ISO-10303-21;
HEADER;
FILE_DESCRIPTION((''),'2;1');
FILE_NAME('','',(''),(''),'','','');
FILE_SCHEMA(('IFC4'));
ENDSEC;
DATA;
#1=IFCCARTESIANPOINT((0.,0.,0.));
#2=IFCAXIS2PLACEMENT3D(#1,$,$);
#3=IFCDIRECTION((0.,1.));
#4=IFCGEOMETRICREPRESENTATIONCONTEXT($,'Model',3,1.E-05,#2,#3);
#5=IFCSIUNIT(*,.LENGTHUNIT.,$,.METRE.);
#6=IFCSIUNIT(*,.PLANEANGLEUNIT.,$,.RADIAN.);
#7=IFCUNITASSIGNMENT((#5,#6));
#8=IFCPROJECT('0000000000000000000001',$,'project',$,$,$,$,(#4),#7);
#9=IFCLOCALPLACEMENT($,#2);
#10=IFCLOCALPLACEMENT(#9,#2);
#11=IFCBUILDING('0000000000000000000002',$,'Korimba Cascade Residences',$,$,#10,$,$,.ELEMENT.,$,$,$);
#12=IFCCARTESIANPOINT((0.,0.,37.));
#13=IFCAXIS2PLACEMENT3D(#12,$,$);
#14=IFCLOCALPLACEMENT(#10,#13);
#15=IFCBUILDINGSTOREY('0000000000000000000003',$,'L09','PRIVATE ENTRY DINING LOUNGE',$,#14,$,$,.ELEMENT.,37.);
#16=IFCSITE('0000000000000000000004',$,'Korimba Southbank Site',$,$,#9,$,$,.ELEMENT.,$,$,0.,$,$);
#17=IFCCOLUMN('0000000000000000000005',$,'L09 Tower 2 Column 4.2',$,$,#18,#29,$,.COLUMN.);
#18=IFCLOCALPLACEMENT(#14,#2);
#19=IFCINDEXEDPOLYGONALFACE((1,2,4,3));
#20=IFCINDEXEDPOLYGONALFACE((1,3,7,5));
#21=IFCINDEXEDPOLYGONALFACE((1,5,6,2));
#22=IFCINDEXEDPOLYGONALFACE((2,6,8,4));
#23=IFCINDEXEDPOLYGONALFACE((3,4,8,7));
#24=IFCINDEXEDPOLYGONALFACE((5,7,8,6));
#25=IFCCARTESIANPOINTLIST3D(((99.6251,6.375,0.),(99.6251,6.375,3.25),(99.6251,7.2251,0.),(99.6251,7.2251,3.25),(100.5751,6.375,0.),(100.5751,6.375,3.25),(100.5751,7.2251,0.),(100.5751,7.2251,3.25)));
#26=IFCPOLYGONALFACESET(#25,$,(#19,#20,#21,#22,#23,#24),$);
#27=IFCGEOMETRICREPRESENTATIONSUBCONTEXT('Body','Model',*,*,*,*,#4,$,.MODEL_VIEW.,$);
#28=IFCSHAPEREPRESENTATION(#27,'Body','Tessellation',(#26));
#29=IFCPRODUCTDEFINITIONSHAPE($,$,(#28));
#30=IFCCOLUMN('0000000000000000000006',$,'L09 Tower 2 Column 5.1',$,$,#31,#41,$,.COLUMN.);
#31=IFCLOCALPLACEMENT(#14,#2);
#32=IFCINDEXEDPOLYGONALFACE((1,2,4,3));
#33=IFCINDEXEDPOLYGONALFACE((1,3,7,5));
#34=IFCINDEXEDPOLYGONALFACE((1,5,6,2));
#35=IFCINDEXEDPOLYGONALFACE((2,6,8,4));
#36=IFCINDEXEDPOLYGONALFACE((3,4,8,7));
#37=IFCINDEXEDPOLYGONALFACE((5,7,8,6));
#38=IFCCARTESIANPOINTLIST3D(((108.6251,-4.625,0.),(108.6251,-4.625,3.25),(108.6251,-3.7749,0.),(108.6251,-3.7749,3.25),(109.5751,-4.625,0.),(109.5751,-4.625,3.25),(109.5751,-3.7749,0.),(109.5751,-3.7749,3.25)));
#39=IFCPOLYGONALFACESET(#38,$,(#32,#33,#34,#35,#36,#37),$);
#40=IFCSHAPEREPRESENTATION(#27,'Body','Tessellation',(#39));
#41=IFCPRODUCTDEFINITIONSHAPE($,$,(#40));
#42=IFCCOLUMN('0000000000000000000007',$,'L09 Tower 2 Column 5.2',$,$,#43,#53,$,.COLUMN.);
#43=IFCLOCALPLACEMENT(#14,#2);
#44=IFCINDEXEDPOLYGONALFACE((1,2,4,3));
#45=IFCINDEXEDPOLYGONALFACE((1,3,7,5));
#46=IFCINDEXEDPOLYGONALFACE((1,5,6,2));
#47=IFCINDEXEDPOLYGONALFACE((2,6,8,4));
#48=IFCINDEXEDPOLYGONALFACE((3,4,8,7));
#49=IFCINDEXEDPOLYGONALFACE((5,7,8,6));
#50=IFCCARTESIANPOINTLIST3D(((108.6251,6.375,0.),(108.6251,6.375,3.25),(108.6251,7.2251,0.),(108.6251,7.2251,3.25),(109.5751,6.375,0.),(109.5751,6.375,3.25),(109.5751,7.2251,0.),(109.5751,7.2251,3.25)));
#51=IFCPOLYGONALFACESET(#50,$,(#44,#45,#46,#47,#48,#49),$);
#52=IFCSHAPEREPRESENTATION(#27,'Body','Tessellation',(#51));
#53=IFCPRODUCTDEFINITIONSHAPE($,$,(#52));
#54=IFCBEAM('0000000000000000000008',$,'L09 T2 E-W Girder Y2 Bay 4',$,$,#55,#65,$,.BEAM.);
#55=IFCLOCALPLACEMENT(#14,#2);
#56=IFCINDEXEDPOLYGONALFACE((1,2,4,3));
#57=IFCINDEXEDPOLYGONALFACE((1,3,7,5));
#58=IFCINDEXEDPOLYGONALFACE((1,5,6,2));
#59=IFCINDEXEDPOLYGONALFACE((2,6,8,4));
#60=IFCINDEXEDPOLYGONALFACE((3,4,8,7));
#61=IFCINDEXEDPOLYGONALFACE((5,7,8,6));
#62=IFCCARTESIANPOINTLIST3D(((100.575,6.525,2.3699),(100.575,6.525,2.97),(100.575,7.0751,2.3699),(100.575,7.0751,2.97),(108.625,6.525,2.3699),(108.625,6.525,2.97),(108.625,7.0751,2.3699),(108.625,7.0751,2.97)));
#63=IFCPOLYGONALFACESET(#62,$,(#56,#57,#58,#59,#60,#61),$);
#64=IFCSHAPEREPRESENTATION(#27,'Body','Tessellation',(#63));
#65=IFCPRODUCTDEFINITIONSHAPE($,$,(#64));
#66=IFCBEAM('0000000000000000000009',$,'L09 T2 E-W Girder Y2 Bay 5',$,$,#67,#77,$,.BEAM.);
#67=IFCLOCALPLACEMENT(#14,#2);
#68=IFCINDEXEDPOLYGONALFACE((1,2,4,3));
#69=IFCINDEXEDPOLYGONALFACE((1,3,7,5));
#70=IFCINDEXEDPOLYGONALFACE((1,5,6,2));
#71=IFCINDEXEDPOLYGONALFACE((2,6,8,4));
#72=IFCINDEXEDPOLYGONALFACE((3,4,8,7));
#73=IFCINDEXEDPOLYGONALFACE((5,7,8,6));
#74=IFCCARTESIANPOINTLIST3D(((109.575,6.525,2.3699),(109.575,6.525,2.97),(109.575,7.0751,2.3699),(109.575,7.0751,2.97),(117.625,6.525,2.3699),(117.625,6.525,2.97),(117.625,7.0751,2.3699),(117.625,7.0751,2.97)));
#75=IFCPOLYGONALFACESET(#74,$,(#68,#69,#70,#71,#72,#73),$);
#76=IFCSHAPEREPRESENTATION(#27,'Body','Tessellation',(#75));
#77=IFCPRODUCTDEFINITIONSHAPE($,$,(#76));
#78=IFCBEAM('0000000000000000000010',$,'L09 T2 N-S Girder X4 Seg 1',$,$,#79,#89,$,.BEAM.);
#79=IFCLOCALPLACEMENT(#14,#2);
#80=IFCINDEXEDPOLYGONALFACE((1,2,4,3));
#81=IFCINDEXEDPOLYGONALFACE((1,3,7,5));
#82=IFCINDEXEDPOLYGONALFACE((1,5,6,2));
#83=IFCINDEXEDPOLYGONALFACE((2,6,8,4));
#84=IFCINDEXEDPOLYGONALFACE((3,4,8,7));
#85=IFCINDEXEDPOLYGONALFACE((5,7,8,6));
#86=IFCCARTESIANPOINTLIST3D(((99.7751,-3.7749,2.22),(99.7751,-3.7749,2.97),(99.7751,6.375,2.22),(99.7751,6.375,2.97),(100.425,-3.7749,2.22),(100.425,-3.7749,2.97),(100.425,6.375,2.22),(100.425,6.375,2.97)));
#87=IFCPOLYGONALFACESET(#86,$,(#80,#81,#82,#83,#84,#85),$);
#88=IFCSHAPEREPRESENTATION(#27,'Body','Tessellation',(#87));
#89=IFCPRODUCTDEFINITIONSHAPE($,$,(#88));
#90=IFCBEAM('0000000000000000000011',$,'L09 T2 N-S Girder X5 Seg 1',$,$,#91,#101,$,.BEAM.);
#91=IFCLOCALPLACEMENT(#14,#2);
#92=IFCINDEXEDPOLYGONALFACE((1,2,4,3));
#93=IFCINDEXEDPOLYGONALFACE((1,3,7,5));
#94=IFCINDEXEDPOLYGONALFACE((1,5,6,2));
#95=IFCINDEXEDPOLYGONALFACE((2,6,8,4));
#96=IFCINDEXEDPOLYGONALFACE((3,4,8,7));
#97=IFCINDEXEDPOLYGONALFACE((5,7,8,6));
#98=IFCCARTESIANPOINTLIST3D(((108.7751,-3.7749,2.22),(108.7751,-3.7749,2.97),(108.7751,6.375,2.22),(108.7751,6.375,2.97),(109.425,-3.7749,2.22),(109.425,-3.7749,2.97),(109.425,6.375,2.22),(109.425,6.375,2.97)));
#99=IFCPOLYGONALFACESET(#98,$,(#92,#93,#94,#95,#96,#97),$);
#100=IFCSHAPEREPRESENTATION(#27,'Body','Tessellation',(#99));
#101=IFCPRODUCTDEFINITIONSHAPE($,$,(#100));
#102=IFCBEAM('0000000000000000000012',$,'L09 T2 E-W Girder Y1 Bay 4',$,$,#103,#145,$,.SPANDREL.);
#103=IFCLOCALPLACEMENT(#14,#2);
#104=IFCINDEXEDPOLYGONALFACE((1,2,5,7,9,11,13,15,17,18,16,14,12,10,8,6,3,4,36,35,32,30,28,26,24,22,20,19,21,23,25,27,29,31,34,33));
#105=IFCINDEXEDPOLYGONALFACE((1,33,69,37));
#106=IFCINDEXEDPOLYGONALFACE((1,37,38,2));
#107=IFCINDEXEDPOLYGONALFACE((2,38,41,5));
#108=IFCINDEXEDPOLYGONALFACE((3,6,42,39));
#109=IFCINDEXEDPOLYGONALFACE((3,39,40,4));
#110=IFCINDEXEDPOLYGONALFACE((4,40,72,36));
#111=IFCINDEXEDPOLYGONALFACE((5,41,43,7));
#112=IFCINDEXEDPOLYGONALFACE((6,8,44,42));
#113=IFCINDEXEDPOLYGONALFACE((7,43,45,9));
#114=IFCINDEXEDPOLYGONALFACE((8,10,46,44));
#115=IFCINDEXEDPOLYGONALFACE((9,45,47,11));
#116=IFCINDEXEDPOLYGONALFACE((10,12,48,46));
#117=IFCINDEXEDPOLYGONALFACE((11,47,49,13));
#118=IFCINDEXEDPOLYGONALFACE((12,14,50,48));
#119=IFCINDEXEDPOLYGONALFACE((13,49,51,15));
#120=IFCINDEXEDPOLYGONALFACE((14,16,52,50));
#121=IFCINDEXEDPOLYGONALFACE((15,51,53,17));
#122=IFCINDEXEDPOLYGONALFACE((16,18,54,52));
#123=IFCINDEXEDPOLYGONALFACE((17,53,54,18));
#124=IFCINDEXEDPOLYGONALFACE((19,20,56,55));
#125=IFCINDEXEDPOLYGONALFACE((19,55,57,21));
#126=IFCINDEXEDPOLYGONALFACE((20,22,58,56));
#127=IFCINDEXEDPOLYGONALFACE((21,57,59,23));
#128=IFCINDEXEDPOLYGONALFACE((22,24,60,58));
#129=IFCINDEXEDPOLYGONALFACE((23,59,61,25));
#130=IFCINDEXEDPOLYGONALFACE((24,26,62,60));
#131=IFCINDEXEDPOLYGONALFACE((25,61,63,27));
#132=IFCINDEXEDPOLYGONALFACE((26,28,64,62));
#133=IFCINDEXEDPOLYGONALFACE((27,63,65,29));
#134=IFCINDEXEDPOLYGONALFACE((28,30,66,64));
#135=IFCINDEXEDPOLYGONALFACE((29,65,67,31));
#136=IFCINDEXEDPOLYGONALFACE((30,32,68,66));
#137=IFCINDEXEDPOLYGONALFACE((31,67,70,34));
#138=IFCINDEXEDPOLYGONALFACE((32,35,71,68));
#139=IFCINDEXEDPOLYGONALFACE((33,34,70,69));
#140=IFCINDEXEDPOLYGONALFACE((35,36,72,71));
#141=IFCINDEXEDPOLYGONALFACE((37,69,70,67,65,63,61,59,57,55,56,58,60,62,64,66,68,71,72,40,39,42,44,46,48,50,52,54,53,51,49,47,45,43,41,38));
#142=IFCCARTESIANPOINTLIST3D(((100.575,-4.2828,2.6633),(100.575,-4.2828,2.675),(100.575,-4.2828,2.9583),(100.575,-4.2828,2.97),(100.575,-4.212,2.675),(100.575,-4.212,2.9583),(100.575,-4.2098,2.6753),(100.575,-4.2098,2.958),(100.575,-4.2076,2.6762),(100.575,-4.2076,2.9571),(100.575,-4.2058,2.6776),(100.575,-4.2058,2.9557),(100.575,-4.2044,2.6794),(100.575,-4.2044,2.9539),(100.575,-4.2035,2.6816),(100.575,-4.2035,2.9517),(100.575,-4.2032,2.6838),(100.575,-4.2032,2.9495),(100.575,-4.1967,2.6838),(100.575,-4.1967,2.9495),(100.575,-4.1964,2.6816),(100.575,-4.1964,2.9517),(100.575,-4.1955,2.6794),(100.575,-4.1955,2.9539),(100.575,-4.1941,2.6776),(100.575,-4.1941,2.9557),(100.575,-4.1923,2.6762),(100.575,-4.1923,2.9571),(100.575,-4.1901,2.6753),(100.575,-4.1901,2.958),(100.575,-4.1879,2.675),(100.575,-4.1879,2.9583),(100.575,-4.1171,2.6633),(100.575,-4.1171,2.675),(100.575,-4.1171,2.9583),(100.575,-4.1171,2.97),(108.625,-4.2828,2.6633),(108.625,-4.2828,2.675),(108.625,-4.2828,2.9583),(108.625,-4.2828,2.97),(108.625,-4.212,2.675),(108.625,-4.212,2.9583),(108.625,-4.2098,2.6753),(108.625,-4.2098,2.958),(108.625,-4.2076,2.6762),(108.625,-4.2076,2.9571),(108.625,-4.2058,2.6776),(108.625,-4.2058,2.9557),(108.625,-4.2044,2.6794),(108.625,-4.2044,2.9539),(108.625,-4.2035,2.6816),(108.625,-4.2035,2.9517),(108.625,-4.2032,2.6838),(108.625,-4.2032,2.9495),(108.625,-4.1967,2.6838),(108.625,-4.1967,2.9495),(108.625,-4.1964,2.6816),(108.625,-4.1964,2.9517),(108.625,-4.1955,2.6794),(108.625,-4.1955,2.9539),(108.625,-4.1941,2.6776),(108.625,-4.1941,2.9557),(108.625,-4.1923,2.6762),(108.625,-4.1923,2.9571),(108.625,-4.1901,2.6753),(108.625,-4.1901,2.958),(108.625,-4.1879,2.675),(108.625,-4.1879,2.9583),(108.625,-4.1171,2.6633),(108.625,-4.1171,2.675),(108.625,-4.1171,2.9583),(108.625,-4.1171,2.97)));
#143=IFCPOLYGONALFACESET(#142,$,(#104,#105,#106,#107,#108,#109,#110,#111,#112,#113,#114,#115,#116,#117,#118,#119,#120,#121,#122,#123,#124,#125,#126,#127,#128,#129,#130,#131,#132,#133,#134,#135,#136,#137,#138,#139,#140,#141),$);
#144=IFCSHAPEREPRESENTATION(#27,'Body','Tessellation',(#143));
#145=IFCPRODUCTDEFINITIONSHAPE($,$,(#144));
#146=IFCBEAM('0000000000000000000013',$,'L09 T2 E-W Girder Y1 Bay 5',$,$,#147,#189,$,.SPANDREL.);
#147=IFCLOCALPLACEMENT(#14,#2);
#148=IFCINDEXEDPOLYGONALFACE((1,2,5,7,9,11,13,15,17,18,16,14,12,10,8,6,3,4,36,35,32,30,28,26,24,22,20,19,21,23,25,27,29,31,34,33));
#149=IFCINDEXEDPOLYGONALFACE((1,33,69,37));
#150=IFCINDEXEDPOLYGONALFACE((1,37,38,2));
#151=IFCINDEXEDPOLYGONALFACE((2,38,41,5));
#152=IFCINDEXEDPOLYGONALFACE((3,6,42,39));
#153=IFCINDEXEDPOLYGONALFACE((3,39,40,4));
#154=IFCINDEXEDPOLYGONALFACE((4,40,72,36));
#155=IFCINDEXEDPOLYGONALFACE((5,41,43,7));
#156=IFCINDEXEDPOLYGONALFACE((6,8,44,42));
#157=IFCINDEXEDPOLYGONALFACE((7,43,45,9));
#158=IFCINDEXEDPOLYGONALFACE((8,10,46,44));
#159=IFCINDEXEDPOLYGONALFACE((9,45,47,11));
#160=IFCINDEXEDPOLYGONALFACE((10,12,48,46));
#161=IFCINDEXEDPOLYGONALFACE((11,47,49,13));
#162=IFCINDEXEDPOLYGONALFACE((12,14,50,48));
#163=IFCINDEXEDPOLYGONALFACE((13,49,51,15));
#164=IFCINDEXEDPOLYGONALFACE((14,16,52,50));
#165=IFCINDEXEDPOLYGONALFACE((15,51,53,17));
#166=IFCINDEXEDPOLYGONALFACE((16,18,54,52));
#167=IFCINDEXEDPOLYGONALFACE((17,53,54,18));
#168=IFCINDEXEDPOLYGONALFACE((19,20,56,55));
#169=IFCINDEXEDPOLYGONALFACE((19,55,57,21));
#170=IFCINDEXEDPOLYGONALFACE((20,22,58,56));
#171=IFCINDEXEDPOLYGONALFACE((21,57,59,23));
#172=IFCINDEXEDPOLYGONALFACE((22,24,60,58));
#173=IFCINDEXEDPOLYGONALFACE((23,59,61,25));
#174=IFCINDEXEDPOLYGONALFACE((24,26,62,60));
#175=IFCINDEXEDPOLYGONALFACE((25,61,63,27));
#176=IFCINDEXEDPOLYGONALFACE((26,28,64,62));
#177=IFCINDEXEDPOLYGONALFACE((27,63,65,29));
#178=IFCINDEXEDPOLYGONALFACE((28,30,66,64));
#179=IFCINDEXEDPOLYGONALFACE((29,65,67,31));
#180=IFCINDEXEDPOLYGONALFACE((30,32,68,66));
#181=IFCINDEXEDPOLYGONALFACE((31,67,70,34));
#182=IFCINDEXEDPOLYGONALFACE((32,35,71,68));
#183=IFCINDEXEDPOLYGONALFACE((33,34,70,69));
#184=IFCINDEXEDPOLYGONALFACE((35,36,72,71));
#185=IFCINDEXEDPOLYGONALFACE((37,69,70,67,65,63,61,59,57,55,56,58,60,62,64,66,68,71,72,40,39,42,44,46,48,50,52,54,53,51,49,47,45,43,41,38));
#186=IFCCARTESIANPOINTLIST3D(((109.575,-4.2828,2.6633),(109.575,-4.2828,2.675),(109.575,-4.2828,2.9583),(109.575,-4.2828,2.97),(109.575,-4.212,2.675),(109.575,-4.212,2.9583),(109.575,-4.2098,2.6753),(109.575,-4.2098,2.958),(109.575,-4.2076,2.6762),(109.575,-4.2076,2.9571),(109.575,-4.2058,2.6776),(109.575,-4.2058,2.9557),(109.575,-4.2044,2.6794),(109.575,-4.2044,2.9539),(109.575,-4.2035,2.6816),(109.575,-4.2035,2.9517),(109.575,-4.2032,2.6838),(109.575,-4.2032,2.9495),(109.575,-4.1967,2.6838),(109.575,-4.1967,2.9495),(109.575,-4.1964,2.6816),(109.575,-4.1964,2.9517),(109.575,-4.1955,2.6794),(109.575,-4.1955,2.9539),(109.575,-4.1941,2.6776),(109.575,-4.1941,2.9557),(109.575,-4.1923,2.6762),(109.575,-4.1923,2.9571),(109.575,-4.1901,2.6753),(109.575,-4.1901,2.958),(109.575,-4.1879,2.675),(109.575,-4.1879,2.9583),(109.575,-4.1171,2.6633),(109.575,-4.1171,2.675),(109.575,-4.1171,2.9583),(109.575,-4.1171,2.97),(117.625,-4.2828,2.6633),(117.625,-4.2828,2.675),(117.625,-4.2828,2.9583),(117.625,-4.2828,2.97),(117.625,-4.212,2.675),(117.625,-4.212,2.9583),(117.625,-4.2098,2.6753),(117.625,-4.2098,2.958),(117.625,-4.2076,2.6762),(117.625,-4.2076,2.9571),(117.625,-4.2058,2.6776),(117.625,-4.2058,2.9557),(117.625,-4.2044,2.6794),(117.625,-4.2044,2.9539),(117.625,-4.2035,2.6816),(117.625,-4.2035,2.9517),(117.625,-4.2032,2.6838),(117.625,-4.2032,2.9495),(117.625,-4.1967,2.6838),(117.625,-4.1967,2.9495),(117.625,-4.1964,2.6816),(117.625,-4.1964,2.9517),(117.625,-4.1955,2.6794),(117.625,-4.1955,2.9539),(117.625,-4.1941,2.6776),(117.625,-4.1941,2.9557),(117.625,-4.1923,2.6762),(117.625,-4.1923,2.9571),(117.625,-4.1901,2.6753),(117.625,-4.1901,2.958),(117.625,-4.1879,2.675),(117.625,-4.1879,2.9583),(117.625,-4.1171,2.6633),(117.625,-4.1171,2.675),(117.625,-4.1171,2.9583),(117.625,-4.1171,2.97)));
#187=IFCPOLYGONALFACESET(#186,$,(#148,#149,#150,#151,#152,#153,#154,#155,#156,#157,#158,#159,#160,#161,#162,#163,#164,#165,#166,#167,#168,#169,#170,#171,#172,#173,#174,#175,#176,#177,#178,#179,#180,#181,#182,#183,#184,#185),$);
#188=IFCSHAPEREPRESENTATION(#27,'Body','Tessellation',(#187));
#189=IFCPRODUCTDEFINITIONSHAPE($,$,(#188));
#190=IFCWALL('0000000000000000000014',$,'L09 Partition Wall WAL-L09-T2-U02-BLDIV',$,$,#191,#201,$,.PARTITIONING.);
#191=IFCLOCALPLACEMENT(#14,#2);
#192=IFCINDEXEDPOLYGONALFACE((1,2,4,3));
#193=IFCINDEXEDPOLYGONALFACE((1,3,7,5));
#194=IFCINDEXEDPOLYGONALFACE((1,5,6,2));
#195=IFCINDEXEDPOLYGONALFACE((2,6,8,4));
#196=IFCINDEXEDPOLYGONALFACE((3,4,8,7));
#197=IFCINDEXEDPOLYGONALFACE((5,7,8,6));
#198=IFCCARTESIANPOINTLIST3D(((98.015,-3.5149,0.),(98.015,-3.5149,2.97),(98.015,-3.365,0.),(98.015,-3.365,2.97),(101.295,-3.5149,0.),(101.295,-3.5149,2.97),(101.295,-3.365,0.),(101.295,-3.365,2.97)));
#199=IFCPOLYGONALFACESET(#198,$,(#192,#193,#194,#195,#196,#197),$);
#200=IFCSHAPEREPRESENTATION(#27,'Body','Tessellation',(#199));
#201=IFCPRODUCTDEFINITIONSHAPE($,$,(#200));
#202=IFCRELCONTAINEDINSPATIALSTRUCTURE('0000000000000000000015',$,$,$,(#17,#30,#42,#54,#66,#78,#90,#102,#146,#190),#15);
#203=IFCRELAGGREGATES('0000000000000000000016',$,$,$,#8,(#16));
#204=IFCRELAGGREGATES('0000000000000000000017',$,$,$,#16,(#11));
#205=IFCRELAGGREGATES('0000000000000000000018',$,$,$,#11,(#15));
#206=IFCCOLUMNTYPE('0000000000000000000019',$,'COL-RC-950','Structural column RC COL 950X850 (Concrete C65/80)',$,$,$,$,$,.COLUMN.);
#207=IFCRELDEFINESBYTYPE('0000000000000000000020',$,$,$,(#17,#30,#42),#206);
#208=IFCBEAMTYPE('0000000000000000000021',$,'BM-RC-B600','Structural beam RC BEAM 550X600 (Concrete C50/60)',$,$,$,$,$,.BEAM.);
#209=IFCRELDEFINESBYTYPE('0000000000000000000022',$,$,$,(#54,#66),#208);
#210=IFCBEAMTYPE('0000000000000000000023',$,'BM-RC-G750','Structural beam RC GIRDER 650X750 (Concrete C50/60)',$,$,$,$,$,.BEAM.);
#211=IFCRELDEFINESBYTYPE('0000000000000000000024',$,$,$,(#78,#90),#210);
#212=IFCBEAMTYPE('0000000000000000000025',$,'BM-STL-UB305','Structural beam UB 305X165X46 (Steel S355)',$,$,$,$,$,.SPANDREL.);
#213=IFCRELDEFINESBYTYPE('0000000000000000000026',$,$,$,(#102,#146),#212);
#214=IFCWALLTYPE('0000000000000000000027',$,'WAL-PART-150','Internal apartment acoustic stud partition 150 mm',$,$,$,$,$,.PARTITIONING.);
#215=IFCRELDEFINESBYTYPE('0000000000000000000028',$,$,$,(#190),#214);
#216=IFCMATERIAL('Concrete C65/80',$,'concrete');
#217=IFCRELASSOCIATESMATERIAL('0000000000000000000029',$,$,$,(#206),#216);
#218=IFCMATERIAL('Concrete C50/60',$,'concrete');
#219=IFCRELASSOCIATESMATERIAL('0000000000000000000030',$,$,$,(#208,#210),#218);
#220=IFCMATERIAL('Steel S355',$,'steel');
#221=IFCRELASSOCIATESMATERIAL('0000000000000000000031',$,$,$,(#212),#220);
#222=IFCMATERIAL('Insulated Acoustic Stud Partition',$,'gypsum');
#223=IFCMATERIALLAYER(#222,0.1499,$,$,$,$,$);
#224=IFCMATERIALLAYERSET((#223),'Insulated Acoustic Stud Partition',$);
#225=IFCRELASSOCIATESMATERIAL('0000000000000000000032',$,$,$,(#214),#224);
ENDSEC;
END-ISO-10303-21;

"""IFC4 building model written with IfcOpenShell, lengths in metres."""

from ifc_helpers import new_model, si_unit, direction, frame, frame_2d, origin, origin_2d, place, context, subcontext, project, spatial, rectangle, i_section, extrude, material, layer, layer_set, material_profile, profile_set, type_object, element, save


model = new_model("IFC4")

# Units and contexts
model_context = context("Model", 3, precision=1e-05, world=origin(), true_north=direction((0.0, 1.0)))
body_context = subcontext(model_context, "Body", "Model", "MODEL_VIEW")
ifc_project = project(units=[si_unit("LENGTHUNIT", "METRE"), si_unit("PLANEANGLEUNIT", "RADIAN")], contexts=[model_context])

# Site, building, storey
site_placement = place(None, origin())
site = spatial("IfcSite", under=ifc_project, at=site_placement, Name="Korimba Southbank Site", CompositionType="ELEMENT", RefElevation=0.0)
building_placement = place(site_placement, origin())
building = spatial("IfcBuilding", under=site, at=building_placement, Name="Korimba Cascade Residences", CompositionType="ELEMENT")
storey_placement = place(building_placement, frame((0.0, 0.0, 37.0)))
storey = spatial("IfcBuildingStorey", under=building, at=storey_placement, Name="L09", Description="PRIVATE ENTRY DINING LOUNGE", CompositionType="ELEMENT", Elevation=37.0)

# Columns
ifc_material_1 = material(Name="Concrete C65/80", Category="concrete")
ifc_material_profile_1 = material_profile(ifc_material_1, rectangle(XDim=0.95, YDim=0.8501, at=origin_2d()), Name="Concrete C65/80")
ifc_profile_set_1 = profile_set([ifc_material_profile_1], Name="Concrete C65/80")
column_type = type_object("IfcColumnType", Name="COL-RC-950", Description="Structural column RC COL 950X850 (Concrete C65/80)", PredefinedType="COLUMN", material=ifc_profile_set_1)
for number, where, z_axis, x_axis, name in (
    (1, (100.1001, 6.8, 0.0), (0.0, 0.0, 1.0), (1.0, 0.0, 0.0), "L09 Tower 2 Column 4.2"),
    (2, (109.1001, -4.2, 0.0), (0.0, 0.0, 1.0), (1.0, 0.0, 0.0), "L09 Tower 2 Column 5.1"),
    (3, (109.1001, 6.8, 0.0), (0.0, 0.0, 1.0), (1.0, 0.0, 0.0), "L09 Tower 2 Column 5.2"),
):
    element("IfcColumn", number, at=place(storey_placement, frame(where, z_axis=z_axis, x_axis=x_axis)), inside=storey, type_object=column_type, Name=name, PredefinedType="COLUMN", context=body_context, shape_type="SweptSolid", body=[
        extrude(rectangle(XDim=0.95, YDim=0.8501, at=origin_2d()), origin(), (0.0, 0.0, 1.0), 3.25),
    ])

# Beams
ifc_material_2 = material(Name="Concrete C50/60", Category="concrete")
ifc_material_profile_2 = material_profile(ifc_material_2, rectangle(XDim=0.55, YDim=0.6001, at=origin_2d()), Name="Concrete C50/60")
ifc_profile_set_2 = profile_set([ifc_material_profile_2], Name="Concrete C50/60")
beam_type_1 = type_object("IfcBeamType", Name="BM-RC-B600", Description="Structural beam RC BEAM 550X600 (Concrete C50/60)", PredefinedType="BEAM", material=ifc_profile_set_2)
for number, where, z_axis, x_axis, name in (
    (4, (100.575, 6.8, 2.6699), (1.0, 0.0, 0.0), (0.0, 1.0, 0.0), "L09 T2 E-W Girder Y2 Bay 4"),
    (5, (109.575, 6.8, 2.6699), (1.0, 0.0, 0.0), (0.0, 1.0, 0.0), "L09 T2 E-W Girder Y2 Bay 5"),
):
    element("IfcBeam", number, at=place(storey_placement, frame(where, z_axis=z_axis, x_axis=x_axis)), inside=storey, type_object=beam_type_1, Name=name, PredefinedType="BEAM", context=body_context, shape_type="SweptSolid", body=[
        extrude(rectangle(XDim=0.55, YDim=0.6001, at=origin_2d()), origin(), (0.0, 0.0, 1.0), 8.05),
    ])
ifc_material_profile_3 = material_profile(ifc_material_2, rectangle(XDim=0.6499, YDim=0.75, at=origin_2d()), Name="Concrete C50/60")
ifc_profile_set_3 = profile_set([ifc_material_profile_3], Name="Concrete C50/60")
beam_type_2 = type_object("IfcBeamType", Name="BM-RC-G750", Description="Structural beam RC GIRDER 650X750 (Concrete C50/60)", PredefinedType="BEAM", material=ifc_profile_set_3)
for number, where, z_axis, x_axis, name in (
    (6, (100.1001, -3.7749, 2.595), (0.0, 1.0, 0.0), (-1.0, 0.0, 0.0), "L09 T2 N-S Girder X4 Seg 1"),
    (7, (109.1001, -3.7749, 2.595), (0.0, 1.0, 0.0), (-1.0, 0.0, 0.0), "L09 T2 N-S Girder X5 Seg 1"),
):
    element("IfcBeam", number, at=place(storey_placement, frame(where, z_axis=z_axis, x_axis=x_axis)), inside=storey, type_object=beam_type_2, Name=name, PredefinedType="BEAM", context=body_context, shape_type="SweptSolid", body=[
        extrude(rectangle(XDim=0.6499, YDim=0.75, at=origin_2d()), origin(), (0.0, 0.0, 1.0), 10.1499),
    ])
ifc_material_3 = material(Name="Steel S355", Category="steel")
ifc_material_profile_4 = material_profile(ifc_material_3, i_section(OverallWidth=0.1658, OverallDepth=0.3066, WebThickness=0.0066, FlangeThickness=0.0117, FilletRadius=0.0088, at=origin_2d()), Name="Steel S355")
ifc_profile_set_4 = profile_set([ifc_material_profile_4], Name="Steel S355")
beam_type_3 = type_object("IfcBeamType", Name="BM-STL-UB305", Description="Structural beam UB 305X165X46 (Steel S355)", PredefinedType="SPANDREL", material=ifc_profile_set_4)
for number, where, z_axis, x_axis, name in (
    (8, (100.575, -4.2, 2.8167), (1.0, 0.0, 0.0), (0.0, 1.0, 0.0), "L09 T2 E-W Girder Y1 Bay 4"),
    (9, (109.575, -4.2, 2.8167), (1.0, 0.0, 0.0), (0.0, 1.0, 0.0), "L09 T2 E-W Girder Y1 Bay 5"),
):
    element("IfcBeam", number, at=place(storey_placement, frame(where, z_axis=z_axis, x_axis=x_axis)), inside=storey, type_object=beam_type_3, Name=name, PredefinedType="SPANDREL", context=body_context, shape_type="SweptSolid", body=[
        extrude(i_section(OverallWidth=0.1658, OverallDepth=0.3066, WebThickness=0.0066, FlangeThickness=0.0117, FilletRadius=0.0088, at=origin_2d()), origin(), (0.0, 0.0, 1.0), 8.05),
    ])

# Wall
ifc_material_4 = material(Name="Insulated Acoustic Stud Partition", Category="gypsum")
ifc_layer = layer(ifc_material_4, 0.1499)
ifc_layer_set = layer_set([ifc_layer], Name="Insulated Acoustic Stud Partition")
wall_type = type_object("IfcWallType", Name="WAL-PART-150", Description="Internal apartment acoustic stud partition 150 mm", PredefinedType="PARTITIONING", material=ifc_layer_set)
wall_1_placement = place(storey_placement, frame((98.0149, -3.4399, 0.0), z_axis=(0.0, 0.0, 1.0), x_axis=(1.0, 0.0, 0.0)))
element("IfcWall", 10, at=wall_1_placement, inside=storey, type_object=wall_type, Name="L09 Partition Wall WAL-L09-T2-U02-BLDIV", PredefinedType="PARTITIONING", context=body_context, shape_type="SweptSolid", body=[
    extrude(rectangle(XDim=3.28, YDim=0.1499, at=frame_2d((1.6401, 0.0))), origin(), (0.0, 0.0, 1.0), 2.97),
])

save(model, "model.ifc")
